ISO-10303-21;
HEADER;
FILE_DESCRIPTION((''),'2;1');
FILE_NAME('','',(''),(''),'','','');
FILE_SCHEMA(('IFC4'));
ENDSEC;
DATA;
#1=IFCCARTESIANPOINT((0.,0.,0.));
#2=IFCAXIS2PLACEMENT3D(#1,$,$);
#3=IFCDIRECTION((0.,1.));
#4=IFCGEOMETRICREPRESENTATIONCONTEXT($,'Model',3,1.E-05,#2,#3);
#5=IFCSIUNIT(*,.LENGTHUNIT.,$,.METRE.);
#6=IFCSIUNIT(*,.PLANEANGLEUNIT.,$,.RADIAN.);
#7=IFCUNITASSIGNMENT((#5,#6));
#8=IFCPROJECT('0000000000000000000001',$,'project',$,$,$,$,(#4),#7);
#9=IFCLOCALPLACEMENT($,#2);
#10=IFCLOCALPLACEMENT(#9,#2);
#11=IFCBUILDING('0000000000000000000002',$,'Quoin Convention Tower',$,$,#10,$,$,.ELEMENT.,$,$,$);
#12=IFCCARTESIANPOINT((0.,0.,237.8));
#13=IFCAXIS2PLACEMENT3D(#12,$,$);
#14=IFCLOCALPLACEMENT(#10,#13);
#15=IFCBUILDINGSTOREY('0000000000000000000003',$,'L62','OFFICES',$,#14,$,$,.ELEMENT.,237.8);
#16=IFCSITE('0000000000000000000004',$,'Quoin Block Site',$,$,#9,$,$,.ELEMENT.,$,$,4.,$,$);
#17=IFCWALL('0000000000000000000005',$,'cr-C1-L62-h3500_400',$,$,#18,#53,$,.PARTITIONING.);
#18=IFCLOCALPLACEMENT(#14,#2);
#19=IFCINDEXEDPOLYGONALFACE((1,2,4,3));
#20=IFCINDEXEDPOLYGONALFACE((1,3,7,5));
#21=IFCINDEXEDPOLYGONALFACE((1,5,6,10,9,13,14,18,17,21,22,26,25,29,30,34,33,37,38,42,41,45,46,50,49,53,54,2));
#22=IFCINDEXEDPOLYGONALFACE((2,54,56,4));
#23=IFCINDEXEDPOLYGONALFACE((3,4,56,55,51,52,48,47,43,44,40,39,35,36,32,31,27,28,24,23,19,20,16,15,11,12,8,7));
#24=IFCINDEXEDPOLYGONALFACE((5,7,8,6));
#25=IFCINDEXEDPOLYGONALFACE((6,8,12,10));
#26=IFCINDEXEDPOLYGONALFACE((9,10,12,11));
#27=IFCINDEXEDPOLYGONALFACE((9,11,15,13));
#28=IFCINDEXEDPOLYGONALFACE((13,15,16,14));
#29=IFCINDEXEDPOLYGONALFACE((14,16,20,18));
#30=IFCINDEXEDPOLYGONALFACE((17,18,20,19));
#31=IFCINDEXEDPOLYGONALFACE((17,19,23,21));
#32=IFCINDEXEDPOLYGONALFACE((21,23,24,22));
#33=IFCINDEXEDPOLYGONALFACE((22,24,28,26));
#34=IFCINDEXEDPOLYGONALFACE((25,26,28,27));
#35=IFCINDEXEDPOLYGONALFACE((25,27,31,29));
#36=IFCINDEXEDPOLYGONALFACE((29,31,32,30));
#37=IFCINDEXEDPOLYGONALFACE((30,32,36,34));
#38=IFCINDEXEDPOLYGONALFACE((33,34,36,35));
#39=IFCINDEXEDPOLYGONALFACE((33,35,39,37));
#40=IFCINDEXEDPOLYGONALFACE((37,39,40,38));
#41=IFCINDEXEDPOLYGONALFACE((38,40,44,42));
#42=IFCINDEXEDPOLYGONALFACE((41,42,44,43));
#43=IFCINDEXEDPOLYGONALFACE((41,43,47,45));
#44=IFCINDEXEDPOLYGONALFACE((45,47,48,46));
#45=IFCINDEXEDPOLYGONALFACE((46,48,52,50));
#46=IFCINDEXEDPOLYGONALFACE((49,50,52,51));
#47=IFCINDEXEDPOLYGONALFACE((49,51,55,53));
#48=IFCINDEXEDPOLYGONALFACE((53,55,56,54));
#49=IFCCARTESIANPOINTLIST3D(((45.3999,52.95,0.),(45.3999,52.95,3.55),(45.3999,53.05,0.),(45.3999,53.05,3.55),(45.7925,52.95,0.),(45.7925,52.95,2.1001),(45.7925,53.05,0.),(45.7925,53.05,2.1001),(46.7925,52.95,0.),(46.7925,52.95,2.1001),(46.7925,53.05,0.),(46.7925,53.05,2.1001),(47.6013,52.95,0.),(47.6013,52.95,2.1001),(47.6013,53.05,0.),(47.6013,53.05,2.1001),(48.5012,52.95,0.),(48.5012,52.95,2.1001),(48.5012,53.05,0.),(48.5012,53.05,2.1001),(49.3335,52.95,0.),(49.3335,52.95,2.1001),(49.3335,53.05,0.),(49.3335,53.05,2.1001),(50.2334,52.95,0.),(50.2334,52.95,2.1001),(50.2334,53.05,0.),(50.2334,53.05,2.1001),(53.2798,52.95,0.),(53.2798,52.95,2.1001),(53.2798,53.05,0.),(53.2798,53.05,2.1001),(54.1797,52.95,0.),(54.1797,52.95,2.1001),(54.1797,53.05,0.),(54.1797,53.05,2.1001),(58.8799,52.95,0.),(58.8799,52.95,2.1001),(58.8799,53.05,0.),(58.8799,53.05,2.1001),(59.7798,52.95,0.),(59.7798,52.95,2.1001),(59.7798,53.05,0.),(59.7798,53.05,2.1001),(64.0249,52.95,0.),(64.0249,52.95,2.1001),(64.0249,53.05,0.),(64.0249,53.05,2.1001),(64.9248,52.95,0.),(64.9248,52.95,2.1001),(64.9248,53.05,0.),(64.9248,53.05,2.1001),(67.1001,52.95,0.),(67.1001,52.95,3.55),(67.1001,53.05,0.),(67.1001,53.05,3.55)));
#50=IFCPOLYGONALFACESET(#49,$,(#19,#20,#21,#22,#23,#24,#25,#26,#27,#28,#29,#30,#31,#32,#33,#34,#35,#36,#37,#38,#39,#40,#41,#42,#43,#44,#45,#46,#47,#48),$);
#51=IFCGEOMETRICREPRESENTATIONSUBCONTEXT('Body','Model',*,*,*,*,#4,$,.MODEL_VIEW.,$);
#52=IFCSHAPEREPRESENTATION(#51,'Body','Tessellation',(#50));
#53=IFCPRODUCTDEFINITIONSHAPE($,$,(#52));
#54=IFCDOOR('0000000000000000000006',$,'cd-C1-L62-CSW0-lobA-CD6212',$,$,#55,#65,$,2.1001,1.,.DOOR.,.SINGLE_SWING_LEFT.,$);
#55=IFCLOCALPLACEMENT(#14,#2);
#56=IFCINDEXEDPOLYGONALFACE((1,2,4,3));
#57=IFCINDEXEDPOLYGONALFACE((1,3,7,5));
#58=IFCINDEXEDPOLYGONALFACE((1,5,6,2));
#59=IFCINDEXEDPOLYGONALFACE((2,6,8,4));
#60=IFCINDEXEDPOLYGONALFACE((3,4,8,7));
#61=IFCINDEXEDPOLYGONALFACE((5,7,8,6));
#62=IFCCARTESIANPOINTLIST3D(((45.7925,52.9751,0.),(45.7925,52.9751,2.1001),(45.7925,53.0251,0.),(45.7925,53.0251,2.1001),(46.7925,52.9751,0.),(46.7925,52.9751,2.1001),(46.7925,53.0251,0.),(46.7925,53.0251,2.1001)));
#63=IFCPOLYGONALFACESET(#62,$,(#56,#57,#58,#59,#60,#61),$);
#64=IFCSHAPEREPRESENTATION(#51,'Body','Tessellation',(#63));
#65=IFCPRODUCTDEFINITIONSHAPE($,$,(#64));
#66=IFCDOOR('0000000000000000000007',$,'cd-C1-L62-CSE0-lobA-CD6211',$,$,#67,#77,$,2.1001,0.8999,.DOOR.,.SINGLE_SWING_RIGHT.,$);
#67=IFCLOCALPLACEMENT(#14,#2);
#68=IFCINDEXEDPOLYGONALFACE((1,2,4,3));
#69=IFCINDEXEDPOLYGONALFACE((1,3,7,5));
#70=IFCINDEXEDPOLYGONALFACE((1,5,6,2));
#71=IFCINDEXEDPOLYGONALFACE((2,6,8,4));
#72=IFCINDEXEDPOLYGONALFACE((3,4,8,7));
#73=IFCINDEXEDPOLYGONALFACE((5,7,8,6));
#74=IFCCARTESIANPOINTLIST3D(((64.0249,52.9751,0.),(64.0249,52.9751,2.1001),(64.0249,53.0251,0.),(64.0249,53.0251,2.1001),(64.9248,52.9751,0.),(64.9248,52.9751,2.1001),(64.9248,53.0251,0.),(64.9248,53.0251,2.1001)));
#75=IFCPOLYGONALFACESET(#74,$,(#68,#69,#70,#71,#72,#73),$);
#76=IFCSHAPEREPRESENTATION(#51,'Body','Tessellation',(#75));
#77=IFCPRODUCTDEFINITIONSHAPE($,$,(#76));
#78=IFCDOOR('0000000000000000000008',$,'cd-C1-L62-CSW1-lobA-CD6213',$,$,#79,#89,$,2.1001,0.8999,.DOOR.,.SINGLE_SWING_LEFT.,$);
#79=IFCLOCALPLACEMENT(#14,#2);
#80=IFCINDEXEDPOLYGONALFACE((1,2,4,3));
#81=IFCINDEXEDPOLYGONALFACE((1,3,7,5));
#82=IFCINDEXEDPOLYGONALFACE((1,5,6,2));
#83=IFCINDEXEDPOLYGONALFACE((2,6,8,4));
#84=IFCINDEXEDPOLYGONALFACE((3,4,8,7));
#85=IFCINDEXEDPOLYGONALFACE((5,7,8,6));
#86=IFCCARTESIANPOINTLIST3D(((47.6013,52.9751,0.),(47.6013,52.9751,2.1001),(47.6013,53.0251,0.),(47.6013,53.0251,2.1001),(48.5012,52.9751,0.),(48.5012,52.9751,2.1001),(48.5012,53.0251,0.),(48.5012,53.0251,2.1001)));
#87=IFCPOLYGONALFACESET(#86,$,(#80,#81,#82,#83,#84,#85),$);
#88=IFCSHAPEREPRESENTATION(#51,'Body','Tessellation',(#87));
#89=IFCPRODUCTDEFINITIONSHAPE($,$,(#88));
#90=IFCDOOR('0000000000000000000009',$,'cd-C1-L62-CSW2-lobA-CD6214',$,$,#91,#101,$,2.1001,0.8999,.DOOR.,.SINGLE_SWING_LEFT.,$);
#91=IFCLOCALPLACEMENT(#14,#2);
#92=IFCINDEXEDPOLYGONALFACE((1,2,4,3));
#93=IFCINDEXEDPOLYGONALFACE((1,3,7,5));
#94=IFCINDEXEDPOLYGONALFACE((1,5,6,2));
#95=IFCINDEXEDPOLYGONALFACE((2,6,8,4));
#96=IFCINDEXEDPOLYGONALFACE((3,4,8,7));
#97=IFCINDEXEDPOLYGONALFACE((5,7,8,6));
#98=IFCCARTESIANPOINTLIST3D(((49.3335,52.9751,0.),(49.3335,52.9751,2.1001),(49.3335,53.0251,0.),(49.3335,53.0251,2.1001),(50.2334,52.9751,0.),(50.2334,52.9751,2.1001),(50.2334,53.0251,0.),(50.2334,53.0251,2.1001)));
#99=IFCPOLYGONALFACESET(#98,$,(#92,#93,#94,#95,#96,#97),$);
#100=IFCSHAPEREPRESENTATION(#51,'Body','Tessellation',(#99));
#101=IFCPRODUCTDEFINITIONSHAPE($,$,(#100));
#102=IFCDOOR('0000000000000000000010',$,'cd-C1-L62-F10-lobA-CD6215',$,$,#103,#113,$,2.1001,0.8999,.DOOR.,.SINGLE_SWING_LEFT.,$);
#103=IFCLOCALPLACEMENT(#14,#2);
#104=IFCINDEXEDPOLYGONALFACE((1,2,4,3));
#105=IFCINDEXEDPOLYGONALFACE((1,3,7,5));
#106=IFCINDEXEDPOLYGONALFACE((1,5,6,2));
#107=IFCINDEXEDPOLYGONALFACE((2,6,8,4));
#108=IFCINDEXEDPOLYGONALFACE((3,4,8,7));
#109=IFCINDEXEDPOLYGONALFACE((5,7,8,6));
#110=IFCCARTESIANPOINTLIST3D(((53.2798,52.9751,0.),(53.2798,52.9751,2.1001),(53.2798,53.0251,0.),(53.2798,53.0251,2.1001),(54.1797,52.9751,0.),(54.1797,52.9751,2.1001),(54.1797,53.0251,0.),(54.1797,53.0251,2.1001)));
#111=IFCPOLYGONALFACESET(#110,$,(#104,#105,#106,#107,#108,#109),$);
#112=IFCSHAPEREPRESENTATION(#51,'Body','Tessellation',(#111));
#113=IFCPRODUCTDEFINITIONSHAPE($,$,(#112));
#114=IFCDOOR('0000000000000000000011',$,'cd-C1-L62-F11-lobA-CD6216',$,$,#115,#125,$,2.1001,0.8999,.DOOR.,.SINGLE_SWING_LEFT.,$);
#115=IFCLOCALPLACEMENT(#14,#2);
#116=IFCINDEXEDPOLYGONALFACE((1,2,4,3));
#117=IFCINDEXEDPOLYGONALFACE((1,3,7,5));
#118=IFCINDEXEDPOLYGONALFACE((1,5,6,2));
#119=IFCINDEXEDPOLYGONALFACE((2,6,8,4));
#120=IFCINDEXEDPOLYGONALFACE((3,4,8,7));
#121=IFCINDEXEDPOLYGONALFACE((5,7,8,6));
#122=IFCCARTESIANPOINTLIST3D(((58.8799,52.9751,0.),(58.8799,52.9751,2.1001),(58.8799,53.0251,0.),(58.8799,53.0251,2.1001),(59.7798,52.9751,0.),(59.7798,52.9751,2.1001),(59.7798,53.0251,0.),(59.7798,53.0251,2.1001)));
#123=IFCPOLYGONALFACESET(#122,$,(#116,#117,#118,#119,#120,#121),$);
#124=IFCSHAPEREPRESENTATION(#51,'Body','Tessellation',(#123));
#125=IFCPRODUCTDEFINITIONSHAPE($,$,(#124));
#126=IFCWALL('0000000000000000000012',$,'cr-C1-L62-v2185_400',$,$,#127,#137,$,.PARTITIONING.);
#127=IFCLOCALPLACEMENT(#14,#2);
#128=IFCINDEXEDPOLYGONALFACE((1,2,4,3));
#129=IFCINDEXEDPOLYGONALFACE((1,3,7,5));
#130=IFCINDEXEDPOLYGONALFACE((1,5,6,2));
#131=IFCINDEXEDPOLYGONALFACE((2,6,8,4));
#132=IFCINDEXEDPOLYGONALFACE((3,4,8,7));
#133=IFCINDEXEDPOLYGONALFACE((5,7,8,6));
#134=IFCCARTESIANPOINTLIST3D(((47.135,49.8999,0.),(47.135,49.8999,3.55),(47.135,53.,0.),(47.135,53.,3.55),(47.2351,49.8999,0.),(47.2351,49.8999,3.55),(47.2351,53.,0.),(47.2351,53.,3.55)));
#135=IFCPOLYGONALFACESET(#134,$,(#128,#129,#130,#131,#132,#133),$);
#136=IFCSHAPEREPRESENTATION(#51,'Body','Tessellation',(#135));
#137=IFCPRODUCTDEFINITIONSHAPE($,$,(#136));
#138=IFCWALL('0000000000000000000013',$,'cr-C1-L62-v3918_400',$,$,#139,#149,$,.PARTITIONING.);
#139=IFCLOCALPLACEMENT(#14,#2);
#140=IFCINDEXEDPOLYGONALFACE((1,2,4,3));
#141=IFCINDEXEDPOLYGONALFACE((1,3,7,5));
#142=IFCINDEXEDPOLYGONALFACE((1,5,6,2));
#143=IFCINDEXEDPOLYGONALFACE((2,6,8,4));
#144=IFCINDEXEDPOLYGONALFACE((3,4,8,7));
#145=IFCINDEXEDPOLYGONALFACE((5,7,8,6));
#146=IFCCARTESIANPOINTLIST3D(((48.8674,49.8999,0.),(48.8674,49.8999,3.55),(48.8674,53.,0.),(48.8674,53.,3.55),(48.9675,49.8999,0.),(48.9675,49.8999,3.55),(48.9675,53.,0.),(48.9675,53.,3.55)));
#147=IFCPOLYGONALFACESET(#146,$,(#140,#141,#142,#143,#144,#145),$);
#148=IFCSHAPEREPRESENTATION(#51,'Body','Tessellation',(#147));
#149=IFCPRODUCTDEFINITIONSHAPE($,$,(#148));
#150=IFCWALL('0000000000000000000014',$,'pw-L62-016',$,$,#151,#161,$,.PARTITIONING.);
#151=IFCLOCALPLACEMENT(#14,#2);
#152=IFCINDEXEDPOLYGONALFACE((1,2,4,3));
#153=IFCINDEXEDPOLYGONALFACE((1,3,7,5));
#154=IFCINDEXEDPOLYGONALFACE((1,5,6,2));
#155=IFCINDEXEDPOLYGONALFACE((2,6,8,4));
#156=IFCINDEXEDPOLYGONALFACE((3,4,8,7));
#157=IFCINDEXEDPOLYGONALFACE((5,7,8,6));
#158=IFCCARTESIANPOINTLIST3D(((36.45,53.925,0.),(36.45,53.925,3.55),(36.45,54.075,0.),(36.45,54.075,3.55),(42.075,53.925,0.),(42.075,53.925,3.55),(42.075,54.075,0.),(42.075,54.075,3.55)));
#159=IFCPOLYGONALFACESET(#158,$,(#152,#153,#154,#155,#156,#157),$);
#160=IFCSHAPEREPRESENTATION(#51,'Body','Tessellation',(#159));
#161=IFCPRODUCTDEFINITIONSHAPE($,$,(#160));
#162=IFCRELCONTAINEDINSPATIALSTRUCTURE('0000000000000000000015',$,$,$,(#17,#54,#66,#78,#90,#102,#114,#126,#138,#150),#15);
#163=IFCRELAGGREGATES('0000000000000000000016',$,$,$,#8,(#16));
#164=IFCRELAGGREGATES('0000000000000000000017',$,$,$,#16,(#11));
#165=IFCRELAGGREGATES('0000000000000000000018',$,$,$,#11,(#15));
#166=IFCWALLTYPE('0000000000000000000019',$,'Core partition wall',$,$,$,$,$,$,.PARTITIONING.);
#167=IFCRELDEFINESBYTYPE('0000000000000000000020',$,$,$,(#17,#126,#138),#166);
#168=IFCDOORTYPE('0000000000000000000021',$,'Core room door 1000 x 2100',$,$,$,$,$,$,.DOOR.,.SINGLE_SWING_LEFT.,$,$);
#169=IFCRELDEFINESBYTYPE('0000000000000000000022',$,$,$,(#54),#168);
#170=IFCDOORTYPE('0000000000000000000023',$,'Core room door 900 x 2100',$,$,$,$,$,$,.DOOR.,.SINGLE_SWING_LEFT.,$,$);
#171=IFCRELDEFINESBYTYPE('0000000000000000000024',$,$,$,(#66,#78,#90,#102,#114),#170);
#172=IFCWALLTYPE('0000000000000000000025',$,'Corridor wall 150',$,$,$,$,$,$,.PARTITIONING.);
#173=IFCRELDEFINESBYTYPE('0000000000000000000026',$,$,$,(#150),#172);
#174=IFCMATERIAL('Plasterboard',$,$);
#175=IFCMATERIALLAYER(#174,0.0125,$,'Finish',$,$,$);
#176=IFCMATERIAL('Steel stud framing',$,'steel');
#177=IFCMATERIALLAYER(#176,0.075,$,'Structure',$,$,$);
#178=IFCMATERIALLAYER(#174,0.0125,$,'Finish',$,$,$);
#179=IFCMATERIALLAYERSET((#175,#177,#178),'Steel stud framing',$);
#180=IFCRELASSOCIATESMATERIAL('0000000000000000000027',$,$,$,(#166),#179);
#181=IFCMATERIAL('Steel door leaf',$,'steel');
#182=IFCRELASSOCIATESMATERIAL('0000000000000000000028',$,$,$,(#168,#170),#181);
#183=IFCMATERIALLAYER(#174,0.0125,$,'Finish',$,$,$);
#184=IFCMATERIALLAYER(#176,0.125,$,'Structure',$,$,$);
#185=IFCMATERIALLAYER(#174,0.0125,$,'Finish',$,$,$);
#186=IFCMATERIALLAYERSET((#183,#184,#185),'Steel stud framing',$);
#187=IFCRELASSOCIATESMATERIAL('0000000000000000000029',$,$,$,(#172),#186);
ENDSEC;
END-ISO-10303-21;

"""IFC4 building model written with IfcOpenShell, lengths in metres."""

from ifc_helpers import new_model, si_unit, direction, frame, frame_2d, origin, place, context, subcontext, project, spatial, rectangle, extrude, material, layer, layer_set, type_object, element, fill, save


model = new_model("IFC4")

# Units and contexts
model_context = context("Model", 3, precision=1e-05, world=origin(), true_north=direction((0.0, 1.0)))
body_context = subcontext(model_context, "Body", "Model", "MODEL_VIEW")
ifc_project = project(units=[si_unit("LENGTHUNIT", "METRE"), si_unit("PLANEANGLEUNIT", "RADIAN")], contexts=[model_context])

# Site, building, storey
site_placement = place(None, origin())
site = spatial("IfcSite", under=ifc_project, at=site_placement, Name="Quoin Block Site", CompositionType="ELEMENT", RefElevation=4.0)
building_placement = place(site_placement, origin())
building = spatial("IfcBuilding", under=site, at=building_placement, Name="Quoin Convention Tower", CompositionType="ELEMENT")
storey_placement = place(building_placement, frame((0.0, 0.0, 237.8)))
storey = spatial("IfcBuildingStorey", under=building, at=storey_placement, Name="L62", Description="OFFICES", CompositionType="ELEMENT", Elevation=237.8)

# Wall, openings, doors
ifc_material_1 = material(Name="Plasterboard")
ifc_layer_1 = layer(ifc_material_1, 0.0125, Name="Finish")
ifc_material_2 = material(Name="Steel stud framing", Category="steel")
ifc_layer_2 = layer(ifc_material_2, 0.075, Name="Structure")
ifc_layer_3 = layer(ifc_material_1, 0.0125, Name="Finish")
ifc_layer_set_1 = layer_set([ifc_layer_1, ifc_layer_2, ifc_layer_3], Name="Steel stud framing")
wall_type_1 = type_object("IfcWallType", Name="Core partition wall", PredefinedType="PARTITIONING", material=ifc_layer_set_1)
wall_1_placement = place(storey_placement, frame((45.3999, 53.0, 0.0), z_axis=(0.0, 0.0, 1.0), x_axis=(1.0, 0.0, 0.0)))
wall_1 = element("IfcWall", 1, at=wall_1_placement, inside=storey, type_object=wall_type_1, Name="cr-C1-L62-h3500_400", PredefinedType="PARTITIONING", context=body_context, shape_type="SweptSolid", body=[
    extrude(rectangle(XDim=21.7002, YDim=0.1001, at=frame_2d((10.8501, 0.0))), origin(), (0.0, 0.0, 1.0), 3.55),
])
opening_1_placement = place(wall_1_placement, frame((18.625, 0.0, 0.0)))
opening_1 = element("IfcOpeningElement", 2, at=opening_1_placement, cuts=wall_1, PredefinedType="OPENING", context=body_context, shape_type="SweptSolid", body=[
    extrude(rectangle(XDim=0.8999, YDim=2.1001, at=frame_2d((0.45, 1.05))), frame((0.0, 0.0601, 0.0), z_axis=(0.0, -1.0, 0.0), x_axis=(1.0, 0.0, 0.0)), (0.0, 0.0, 1.0), 0.1201),
])
opening_2_placement = place(wall_1_placement, frame((0.3926, 0.0, 0.0)))
opening_2 = element("IfcOpeningElement", 3, at=opening_2_placement, cuts=wall_1, PredefinedType="OPENING", context=body_context, shape_type="SweptSolid", body=[
    extrude(rectangle(XDim=1.0, YDim=2.1001, at=frame_2d((0.5, 1.05))), frame((0.0, 0.0601, 0.0), z_axis=(0.0, -1.0, 0.0), x_axis=(1.0, 0.0, 0.0)), (0.0, 0.0, 1.0), 0.1201),
])
opening_3_placement = place(wall_1_placement, frame((2.2014, 0.0, 0.0)))
opening_3 = element("IfcOpeningElement", 4, at=opening_3_placement, cuts=wall_1, PredefinedType="OPENING", context=body_context, shape_type="SweptSolid", body=[
    extrude(rectangle(XDim=0.8999, YDim=2.1001, at=frame_2d((0.45, 1.05))), frame((0.0, 0.0601, 0.0), z_axis=(0.0, -1.0, 0.0), x_axis=(1.0, 0.0, 0.0)), (0.0, 0.0, 1.0), 0.1201),
])
opening_4_placement = place(wall_1_placement, frame((3.9336, 0.0, 0.0)))
opening_4 = element("IfcOpeningElement", 5, at=opening_4_placement, cuts=wall_1, PredefinedType="OPENING", context=body_context, shape_type="SweptSolid", body=[
    extrude(rectangle(XDim=0.8999, YDim=2.1001, at=frame_2d((0.45, 1.05))), frame((0.0, 0.0601, 0.0), z_axis=(0.0, -1.0, 0.0), x_axis=(1.0, 0.0, 0.0)), (0.0, 0.0, 1.0), 0.1201),
])
opening_5_placement = place(wall_1_placement, frame((7.8799, 0.0, 0.0)))
opening_5 = element("IfcOpeningElement", 6, at=opening_5_placement, cuts=wall_1, PredefinedType="OPENING", context=body_context, shape_type="SweptSolid", body=[
    extrude(rectangle(XDim=0.8999, YDim=2.1001, at=frame_2d((0.45, 1.05))), frame((0.0, 0.0601, 0.0), z_axis=(0.0, -1.0, 0.0), x_axis=(1.0, 0.0, 0.0)), (0.0, 0.0, 1.0), 0.1201),
])
opening_6_placement = place(wall_1_placement, frame((13.48, 0.0, 0.0)))
opening_6 = element("IfcOpeningElement", 7, at=opening_6_placement, cuts=wall_1, PredefinedType="OPENING", context=body_context, shape_type="SweptSolid", body=[
    extrude(rectangle(XDim=0.8999, YDim=2.1001, at=frame_2d((0.45, 1.05))), frame((0.0, 0.0601, 0.0), z_axis=(0.0, -1.0, 0.0), x_axis=(1.0, 0.0, 0.0)), (0.0, 0.0, 1.0), 0.1201),
])
ifc_material_3 = material(Name="Steel door leaf", Category="steel")
door_type_1 = type_object("IfcDoorType", Name="Core room door 1000 x 2100", OperationType="SINGLE_SWING_LEFT", PredefinedType="DOOR", material=ifc_material_3)
door_1_placement = place(opening_2_placement, frame((1.0, 0.0, 0.0), z_axis=(0.0, 0.0, 1.0), x_axis=(-1.0, 0.0, 0.0)))
door_1 = element("IfcDoor", 8, at=door_1_placement, inside=storey, type_object=door_type_1, Name="cd-C1-L62-CSW0-lobA-CD6212", OperationType="SINGLE_SWING_LEFT", OverallHeight=2.1001, OverallWidth=1.0, PredefinedType="DOOR", context=body_context, shape_type="SweptSolid", body=[
    extrude(rectangle(XDim=1.0, YDim=2.1001, at=frame_2d((0.5, 1.05))), frame((0.0, 0.0249, 0.0), z_axis=(0.0, -1.0, 0.0), x_axis=(1.0, 0.0, 0.0)), (0.0, 0.0, 1.0), 0.05),
])
fill(opening_2, door_1)
door_type_2 = type_object("IfcDoorType", Name="Core room door 900 x 2100", OperationType="SINGLE_SWING_LEFT", PredefinedType="DOOR", material=ifc_material_3)
door_2_placement = place(opening_1_placement, frame((0.8999, 0.0, 0.0), z_axis=(0.0, 0.0, 1.0), x_axis=(-1.0, 0.0, 0.0)))
door_2 = element("IfcDoor", 9, at=door_2_placement, inside=storey, type_object=door_type_2, Name="cd-C1-L62-CSE0-lobA-CD6211", OperationType="SINGLE_SWING_RIGHT", OverallHeight=2.1001, OverallWidth=0.8999, PredefinedType="DOOR", context=body_context, shape_type="SweptSolid", body=[
    extrude(rectangle(XDim=0.8999, YDim=2.1001, at=frame_2d((0.45, 1.05))), frame((0.0, 0.0249, 0.0), z_axis=(0.0, -1.0, 0.0), x_axis=(1.0, 0.0, 0.0)), (0.0, 0.0, 1.0), 0.05),
])
fill(opening_1, door_2)
door_3_placement = place(opening_3_placement, frame((0.8999, 0.0, 0.0), z_axis=(0.0, 0.0, 1.0), x_axis=(-1.0, 0.0, 0.0)))
door_3 = element("IfcDoor", 10, at=door_3_placement, inside=storey, type_object=door_type_2, Name="cd-C1-L62-CSW1-lobA-CD6213", OperationType="SINGLE_SWING_LEFT", OverallHeight=2.1001, OverallWidth=0.8999, PredefinedType="DOOR", context=body_context, shape_type="SweptSolid", body=[
    extrude(rectangle(XDim=0.8999, YDim=2.1001, at=frame_2d((0.45, 1.05))), frame((0.0, 0.0249, 0.0), z_axis=(0.0, -1.0, 0.0), x_axis=(1.0, 0.0, 0.0)), (0.0, 0.0, 1.0), 0.05),
])
fill(opening_3, door_3)
door_4_placement = place(opening_4_placement, frame((0.8999, 0.0, 0.0), z_axis=(0.0, 0.0, 1.0), x_axis=(-1.0, 0.0, 0.0)))
door_4 = element("IfcDoor", 11, at=door_4_placement, inside=storey, type_object=door_type_2, Name="cd-C1-L62-CSW2-lobA-CD6214", OperationType="SINGLE_SWING_LEFT", OverallHeight=2.1001, OverallWidth=0.8999, PredefinedType="DOOR", context=body_context, shape_type="SweptSolid", body=[
    extrude(rectangle(XDim=0.8999, YDim=2.1001, at=frame_2d((0.45, 1.05))), frame((0.0, 0.0249, 0.0), z_axis=(0.0, -1.0, 0.0), x_axis=(1.0, 0.0, 0.0)), (0.0, 0.0, 1.0), 0.05),
])
fill(opening_4, door_4)
door_5_placement = place(opening_5_placement, frame((0.8999, 0.0, 0.0), z_axis=(0.0, 0.0, 1.0), x_axis=(-1.0, 0.0, 0.0)))
door_5 = element("IfcDoor", 12, at=door_5_placement, inside=storey, type_object=door_type_2, Name="cd-C1-L62-F10-lobA-CD6215", OperationType="SINGLE_SWING_LEFT", OverallHeight=2.1001, OverallWidth=0.8999, PredefinedType="DOOR", context=body_context, shape_type="SweptSolid", body=[
    extrude(rectangle(XDim=0.8999, YDim=2.1001, at=frame_2d((0.45, 1.05))), frame((0.0, 0.0249, 0.0), z_axis=(0.0, -1.0, 0.0), x_axis=(1.0, 0.0, 0.0)), (0.0, 0.0, 1.0), 0.05),
])
fill(opening_5, door_5)
door_6_placement = place(opening_6_placement, frame((0.8999, 0.0, 0.0), z_axis=(0.0, 0.0, 1.0), x_axis=(-1.0, 0.0, 0.0)))
door_6 = element("IfcDoor", 13, at=door_6_placement, inside=storey, type_object=door_type_2, Name="cd-C1-L62-F11-lobA-CD6216", OperationType="SINGLE_SWING_LEFT", OverallHeight=2.1001, OverallWidth=0.8999, PredefinedType="DOOR", context=body_context, shape_type="SweptSolid", body=[
    extrude(rectangle(XDim=0.8999, YDim=2.1001, at=frame_2d((0.45, 1.05))), frame((0.0, 0.0249, 0.0), z_axis=(0.0, -1.0, 0.0), x_axis=(1.0, 0.0, 0.0)), (0.0, 0.0, 1.0), 0.05),
])
fill(opening_6, door_6)

# Walls
for number, where, z_axis, x_axis, name in (
    (14, (47.1851, 49.8999, 0.0), (0.0, 0.0, 1.0), (0.0, 1.0, 0.0), "cr-C1-L62-v2185_400"),
    (15, (48.9175, 49.8999, 0.0), (0.0, 0.0, 1.0), (0.0, 1.0, 0.0), "cr-C1-L62-v3918_400"),
):
    element("IfcWall", number, at=place(storey_placement, frame(where, z_axis=z_axis, x_axis=x_axis)), inside=storey, type_object=wall_type_1, Name=name, PredefinedType="PARTITIONING", context=body_context, shape_type="SweptSolid", body=[
        extrude(rectangle(XDim=3.1001, YDim=0.1001, at=frame_2d((1.55, 0.0))), origin(), (0.0, 0.0, 1.0), 3.55),
    ])
ifc_layer_4 = layer(ifc_material_1, 0.0125, Name="Finish")
ifc_layer_5 = layer(ifc_material_2, 0.125, Name="Structure")
ifc_layer_6 = layer(ifc_material_1, 0.0125, Name="Finish")
ifc_layer_set_2 = layer_set([ifc_layer_4, ifc_layer_5, ifc_layer_6], Name="Steel stud framing")
wall_type_2 = type_object("IfcWallType", Name="Corridor wall 150", PredefinedType="PARTITIONING", material=ifc_layer_set_2)
wall_2_placement = place(storey_placement, frame((36.45, 54.0, 0.0), z_axis=(0.0, 0.0, 1.0), x_axis=(1.0, 0.0, 0.0)))
element("IfcWall", 16, at=wall_2_placement, inside=storey, type_object=wall_type_2, Name="pw-L62-016", PredefinedType="PARTITIONING", context=body_context, shape_type="SweptSolid", body=[
    extrude(rectangle(XDim=5.625, YDim=0.1499, at=frame_2d((2.8125, 0.0))), origin(), (0.0, 0.0, 1.0), 3.55),
])

save(model, "model.ifc")
